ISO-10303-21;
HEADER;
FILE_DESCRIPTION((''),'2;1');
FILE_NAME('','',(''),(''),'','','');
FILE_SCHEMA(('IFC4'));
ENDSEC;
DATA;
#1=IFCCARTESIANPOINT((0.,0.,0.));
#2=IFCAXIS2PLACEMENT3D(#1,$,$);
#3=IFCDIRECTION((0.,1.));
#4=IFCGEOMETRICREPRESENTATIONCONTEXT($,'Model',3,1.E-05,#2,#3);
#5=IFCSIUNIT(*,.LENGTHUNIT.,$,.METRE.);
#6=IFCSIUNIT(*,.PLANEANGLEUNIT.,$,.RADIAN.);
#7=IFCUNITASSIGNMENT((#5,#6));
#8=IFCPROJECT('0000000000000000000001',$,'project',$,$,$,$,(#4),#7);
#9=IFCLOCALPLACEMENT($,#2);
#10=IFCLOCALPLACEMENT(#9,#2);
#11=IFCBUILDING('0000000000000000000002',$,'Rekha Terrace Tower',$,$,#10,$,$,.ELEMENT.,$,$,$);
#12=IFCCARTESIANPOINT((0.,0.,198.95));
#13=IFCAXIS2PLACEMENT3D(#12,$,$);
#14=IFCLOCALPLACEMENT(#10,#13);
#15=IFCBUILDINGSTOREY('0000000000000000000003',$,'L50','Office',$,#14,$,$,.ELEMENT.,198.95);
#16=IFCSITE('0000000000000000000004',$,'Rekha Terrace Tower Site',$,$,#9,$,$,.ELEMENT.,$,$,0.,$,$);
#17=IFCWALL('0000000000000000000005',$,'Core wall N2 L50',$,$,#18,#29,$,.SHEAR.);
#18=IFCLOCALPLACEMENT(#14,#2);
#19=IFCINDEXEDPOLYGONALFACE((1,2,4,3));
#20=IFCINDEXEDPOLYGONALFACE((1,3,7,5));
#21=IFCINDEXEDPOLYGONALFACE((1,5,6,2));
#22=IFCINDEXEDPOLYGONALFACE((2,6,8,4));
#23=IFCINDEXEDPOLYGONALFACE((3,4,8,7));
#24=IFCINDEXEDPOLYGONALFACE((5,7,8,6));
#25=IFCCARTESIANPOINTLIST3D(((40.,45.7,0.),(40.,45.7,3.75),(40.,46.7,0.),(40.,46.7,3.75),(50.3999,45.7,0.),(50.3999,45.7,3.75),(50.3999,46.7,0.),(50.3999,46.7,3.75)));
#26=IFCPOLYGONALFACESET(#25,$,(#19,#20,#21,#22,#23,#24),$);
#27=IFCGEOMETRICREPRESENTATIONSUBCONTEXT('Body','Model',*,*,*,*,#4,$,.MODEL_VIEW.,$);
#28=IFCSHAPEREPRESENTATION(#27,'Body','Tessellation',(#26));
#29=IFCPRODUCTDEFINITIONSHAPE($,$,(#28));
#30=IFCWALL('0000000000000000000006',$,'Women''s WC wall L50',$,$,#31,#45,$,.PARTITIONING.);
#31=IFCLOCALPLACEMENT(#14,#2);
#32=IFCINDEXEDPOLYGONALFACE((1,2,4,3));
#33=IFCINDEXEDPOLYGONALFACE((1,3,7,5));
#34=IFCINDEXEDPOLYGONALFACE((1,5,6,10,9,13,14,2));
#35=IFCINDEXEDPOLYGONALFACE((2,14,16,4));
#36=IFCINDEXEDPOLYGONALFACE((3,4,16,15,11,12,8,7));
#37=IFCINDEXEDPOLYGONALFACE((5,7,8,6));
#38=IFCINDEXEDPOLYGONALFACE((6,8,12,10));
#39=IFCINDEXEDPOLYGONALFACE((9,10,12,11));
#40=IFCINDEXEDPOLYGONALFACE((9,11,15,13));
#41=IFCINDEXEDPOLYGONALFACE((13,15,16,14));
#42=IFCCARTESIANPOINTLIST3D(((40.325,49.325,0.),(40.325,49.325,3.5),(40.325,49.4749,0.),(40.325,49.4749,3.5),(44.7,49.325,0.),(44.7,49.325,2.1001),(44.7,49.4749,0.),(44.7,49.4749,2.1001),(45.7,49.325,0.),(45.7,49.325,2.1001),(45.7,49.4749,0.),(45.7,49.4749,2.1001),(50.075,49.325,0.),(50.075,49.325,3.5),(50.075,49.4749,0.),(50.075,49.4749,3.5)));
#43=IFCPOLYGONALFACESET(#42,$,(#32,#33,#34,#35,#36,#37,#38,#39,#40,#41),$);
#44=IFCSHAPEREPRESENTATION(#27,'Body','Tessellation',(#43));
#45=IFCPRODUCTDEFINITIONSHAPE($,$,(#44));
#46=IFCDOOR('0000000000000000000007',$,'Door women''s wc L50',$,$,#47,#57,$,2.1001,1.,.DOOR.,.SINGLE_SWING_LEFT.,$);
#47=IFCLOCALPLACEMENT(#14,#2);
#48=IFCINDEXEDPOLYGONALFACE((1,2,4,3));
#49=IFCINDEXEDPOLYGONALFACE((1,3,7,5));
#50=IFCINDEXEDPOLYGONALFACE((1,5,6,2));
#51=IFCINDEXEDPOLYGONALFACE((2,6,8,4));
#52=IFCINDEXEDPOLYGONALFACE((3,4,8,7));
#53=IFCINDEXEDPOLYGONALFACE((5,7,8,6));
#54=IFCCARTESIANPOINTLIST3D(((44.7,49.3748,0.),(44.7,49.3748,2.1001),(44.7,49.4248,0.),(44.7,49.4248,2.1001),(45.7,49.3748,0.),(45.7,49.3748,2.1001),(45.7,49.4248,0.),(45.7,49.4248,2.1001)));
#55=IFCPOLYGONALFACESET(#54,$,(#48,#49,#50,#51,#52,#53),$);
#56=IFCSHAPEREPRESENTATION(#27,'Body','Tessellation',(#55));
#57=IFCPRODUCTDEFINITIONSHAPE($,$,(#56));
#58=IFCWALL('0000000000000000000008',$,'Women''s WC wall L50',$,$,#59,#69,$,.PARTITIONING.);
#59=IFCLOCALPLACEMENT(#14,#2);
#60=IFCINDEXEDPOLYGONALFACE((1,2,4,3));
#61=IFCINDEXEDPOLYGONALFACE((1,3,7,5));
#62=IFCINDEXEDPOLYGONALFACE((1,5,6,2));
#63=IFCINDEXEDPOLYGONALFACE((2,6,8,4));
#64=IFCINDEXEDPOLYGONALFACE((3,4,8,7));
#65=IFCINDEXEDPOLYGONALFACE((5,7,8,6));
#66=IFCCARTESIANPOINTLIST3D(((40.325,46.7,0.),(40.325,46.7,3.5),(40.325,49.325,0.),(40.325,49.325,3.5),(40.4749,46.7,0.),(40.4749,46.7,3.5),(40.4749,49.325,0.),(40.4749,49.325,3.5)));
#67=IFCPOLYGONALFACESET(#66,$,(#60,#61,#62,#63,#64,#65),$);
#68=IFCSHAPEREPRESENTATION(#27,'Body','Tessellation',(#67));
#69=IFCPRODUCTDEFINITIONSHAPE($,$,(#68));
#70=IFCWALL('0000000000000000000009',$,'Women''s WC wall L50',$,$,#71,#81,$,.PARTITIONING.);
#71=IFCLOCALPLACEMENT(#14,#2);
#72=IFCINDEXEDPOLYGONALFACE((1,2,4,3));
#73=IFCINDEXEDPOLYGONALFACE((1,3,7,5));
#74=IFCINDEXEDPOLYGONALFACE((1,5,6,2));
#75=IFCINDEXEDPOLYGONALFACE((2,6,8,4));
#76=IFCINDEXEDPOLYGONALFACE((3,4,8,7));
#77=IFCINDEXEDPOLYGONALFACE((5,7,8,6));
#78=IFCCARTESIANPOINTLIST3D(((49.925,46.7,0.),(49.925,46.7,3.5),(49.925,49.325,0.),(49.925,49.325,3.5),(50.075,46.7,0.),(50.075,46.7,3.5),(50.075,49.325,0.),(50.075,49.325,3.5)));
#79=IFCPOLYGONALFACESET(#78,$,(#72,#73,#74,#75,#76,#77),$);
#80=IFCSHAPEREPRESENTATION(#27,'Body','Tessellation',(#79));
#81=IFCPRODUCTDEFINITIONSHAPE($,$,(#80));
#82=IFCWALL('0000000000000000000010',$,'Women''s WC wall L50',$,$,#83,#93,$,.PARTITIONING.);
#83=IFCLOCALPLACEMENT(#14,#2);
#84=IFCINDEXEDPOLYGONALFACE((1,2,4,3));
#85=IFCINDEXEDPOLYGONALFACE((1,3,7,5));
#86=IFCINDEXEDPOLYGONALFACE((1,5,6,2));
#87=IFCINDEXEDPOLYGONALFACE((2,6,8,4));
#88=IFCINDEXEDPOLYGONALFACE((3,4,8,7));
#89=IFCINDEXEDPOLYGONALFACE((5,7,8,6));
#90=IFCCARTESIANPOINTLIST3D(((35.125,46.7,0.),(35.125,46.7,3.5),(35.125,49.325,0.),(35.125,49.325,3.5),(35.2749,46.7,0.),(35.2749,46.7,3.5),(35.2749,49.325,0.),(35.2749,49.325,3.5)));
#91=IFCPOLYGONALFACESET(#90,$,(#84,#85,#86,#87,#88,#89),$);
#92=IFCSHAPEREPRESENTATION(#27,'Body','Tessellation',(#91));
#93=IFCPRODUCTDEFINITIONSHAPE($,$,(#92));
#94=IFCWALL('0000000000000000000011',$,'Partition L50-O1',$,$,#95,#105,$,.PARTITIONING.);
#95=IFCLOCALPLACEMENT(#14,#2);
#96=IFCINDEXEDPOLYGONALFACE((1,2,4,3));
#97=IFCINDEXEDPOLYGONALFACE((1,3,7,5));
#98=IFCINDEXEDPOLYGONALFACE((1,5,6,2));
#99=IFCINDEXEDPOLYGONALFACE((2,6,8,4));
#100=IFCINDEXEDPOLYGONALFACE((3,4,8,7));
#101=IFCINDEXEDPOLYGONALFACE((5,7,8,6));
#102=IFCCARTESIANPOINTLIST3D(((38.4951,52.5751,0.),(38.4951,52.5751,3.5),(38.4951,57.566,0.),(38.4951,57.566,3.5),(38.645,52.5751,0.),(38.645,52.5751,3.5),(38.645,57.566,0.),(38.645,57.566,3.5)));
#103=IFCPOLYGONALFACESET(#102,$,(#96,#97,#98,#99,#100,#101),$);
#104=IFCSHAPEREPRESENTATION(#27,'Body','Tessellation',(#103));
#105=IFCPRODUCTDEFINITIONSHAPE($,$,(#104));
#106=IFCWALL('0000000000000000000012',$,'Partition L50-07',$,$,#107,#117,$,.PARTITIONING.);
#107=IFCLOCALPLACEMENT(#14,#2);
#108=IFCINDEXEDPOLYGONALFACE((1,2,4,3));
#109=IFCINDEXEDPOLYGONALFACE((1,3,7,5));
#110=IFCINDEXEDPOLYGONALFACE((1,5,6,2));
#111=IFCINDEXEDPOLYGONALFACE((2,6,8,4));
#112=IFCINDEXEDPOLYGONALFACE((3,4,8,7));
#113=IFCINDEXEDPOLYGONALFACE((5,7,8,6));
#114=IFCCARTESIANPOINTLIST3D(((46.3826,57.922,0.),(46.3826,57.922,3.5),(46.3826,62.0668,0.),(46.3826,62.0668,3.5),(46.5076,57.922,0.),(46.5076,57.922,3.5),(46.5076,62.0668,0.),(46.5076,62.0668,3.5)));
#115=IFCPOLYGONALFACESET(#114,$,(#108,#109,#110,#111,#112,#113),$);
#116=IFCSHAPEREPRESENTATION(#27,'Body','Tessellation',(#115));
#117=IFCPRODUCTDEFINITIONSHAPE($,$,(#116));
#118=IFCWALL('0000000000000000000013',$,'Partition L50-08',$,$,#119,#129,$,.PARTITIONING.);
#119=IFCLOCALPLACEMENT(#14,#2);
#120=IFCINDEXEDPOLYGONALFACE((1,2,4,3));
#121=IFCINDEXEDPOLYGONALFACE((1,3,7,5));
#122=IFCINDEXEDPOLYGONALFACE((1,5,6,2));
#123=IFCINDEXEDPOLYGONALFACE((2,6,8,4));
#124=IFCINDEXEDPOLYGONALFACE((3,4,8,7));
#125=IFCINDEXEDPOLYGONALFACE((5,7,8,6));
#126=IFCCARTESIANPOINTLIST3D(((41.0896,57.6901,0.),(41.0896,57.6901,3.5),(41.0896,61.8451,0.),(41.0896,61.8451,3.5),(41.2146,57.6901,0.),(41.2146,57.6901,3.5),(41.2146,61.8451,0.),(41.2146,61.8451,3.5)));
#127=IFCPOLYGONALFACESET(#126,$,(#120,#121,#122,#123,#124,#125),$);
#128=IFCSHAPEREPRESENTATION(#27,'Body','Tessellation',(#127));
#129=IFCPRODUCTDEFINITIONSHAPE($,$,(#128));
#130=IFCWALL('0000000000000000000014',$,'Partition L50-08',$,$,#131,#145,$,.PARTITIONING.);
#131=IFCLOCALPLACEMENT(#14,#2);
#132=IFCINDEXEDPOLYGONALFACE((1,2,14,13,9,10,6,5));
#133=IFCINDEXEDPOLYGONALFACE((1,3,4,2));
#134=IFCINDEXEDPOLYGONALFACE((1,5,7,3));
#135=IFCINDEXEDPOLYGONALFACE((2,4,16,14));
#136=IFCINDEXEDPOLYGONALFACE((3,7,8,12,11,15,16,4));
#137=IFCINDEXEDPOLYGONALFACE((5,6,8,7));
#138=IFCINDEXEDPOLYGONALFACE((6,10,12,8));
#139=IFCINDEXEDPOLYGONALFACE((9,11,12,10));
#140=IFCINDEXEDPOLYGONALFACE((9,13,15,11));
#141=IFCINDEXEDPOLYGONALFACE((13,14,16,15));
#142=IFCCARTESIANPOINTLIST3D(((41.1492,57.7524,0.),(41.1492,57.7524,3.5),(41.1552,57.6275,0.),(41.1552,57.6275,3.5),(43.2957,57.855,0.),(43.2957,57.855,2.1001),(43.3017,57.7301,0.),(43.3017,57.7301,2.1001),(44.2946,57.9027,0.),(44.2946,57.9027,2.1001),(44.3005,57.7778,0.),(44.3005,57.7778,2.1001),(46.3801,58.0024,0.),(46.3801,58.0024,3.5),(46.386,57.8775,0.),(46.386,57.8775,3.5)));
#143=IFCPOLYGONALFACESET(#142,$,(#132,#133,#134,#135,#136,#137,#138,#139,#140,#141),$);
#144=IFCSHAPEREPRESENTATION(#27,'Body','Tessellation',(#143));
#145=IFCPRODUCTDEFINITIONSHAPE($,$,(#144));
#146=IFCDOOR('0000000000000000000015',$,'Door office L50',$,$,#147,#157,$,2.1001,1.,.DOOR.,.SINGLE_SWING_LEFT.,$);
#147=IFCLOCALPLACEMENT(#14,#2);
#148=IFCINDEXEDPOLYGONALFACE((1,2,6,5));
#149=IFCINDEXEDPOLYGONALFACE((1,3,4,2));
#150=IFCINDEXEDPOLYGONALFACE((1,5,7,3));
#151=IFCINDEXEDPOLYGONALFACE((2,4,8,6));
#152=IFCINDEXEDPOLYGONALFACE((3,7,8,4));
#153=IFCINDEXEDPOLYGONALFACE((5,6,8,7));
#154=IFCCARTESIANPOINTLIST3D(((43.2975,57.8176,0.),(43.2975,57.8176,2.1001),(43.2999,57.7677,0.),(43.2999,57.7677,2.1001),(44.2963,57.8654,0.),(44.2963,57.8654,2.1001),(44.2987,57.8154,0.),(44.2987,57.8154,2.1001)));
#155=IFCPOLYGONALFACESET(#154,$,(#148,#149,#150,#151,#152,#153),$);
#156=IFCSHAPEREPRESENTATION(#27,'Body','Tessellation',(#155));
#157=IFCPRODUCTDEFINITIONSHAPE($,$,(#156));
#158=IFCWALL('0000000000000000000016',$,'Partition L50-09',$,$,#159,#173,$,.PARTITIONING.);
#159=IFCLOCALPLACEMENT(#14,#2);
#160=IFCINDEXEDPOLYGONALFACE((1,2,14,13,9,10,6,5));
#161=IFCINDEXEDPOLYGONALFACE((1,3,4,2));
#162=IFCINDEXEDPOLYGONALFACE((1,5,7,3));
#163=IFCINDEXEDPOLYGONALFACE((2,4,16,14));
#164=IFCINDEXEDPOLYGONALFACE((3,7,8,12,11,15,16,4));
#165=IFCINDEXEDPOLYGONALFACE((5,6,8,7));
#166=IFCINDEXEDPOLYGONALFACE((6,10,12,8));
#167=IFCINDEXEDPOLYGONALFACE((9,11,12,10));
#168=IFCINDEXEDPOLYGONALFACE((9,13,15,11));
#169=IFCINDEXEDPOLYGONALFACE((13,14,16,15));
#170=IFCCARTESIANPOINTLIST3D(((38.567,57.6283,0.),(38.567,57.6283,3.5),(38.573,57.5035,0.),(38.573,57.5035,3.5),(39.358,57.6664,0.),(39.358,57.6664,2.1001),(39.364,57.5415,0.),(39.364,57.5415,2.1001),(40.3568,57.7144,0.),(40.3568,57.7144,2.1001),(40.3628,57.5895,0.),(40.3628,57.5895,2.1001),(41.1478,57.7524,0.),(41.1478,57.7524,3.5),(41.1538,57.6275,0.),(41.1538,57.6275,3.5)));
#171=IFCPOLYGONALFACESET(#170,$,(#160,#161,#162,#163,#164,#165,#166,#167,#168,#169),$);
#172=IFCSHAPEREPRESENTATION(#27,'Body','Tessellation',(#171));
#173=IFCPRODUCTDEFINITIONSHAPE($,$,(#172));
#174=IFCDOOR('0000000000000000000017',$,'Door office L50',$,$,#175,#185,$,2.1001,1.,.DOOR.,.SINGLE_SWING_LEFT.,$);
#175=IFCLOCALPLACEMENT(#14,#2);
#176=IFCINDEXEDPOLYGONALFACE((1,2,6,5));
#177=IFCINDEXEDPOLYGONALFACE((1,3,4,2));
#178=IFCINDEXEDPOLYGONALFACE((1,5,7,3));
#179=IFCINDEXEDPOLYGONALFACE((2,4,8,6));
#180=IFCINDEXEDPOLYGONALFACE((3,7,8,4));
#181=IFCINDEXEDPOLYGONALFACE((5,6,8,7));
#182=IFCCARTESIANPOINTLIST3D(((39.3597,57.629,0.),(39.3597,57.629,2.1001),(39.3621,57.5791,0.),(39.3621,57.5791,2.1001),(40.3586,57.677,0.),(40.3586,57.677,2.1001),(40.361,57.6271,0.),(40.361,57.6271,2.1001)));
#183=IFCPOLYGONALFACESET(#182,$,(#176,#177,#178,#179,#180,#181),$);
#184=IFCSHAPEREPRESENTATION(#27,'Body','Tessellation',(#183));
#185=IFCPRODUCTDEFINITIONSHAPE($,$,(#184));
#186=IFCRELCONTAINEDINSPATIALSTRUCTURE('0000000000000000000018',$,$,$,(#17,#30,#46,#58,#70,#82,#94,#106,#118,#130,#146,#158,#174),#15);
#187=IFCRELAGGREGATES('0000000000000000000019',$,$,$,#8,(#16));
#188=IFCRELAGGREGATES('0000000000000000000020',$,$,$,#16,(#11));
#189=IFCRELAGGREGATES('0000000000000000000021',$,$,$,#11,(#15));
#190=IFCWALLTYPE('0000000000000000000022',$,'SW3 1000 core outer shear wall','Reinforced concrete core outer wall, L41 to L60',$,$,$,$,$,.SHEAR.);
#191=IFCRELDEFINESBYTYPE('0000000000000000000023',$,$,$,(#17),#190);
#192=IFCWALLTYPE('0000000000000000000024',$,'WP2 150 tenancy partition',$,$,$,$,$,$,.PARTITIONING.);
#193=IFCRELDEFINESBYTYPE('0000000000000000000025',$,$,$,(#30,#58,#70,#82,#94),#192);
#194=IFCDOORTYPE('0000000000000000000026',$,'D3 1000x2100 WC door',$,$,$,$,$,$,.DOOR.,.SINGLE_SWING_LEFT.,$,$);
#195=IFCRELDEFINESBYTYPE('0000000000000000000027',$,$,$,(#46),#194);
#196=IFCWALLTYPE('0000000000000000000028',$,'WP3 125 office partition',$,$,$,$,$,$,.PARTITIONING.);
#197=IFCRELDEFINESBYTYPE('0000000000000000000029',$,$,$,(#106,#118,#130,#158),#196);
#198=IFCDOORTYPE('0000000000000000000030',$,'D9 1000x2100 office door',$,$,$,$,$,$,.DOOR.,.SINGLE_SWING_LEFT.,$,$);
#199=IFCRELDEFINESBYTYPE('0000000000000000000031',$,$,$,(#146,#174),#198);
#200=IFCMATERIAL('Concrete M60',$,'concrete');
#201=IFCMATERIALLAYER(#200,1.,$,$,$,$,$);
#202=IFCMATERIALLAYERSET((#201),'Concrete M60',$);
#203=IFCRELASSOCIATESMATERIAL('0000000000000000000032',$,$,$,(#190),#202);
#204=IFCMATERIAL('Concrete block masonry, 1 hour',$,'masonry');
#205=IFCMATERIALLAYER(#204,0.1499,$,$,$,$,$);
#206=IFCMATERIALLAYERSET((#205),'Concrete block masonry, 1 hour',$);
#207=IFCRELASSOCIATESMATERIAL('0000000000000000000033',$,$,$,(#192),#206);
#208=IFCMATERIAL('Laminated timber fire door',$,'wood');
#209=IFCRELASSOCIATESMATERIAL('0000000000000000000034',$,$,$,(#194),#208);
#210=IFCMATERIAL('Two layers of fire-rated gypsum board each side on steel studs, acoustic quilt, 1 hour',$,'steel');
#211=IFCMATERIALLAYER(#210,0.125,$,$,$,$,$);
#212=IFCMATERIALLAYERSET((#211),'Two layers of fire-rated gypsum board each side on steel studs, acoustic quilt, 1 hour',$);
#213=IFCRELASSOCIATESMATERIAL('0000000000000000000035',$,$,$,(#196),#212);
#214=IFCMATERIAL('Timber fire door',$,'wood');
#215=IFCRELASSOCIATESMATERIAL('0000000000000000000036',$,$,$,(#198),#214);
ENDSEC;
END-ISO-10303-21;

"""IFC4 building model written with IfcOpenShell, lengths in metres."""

from ifc_helpers import new_model, si_unit, direction, frame, frame_2d, origin, place, context, subcontext, project, spatial, rectangle, extrude, material, layer, layer_set, type_object, element, fill, save


model = new_model("IFC4")

# Units and contexts
model_context = context("Model", 3, precision=1e-05, world=origin(), true_north=direction((0.0, 1.0)))
body_context = subcontext(model_context, "Body", "Model", "MODEL_VIEW")
ifc_project = project(units=[si_unit("LENGTHUNIT", "METRE"), si_unit("PLANEANGLEUNIT", "RADIAN")], contexts=[model_context])

# Site, building, storey
site_placement = place(None, origin())
site = spatial("IfcSite", under=ifc_project, at=site_placement, Name="Rekha Terrace Tower Site", CompositionType="ELEMENT", RefElevation=0.0)
building_placement = place(site_placement, origin())
building = spatial("IfcBuilding", under=site, at=building_placement, Name="Rekha Terrace Tower", CompositionType="ELEMENT")
storey_placement = place(building_placement, frame((0.0, 0.0, 198.95)))
storey = spatial("IfcBuildingStorey", under=building, at=storey_placement, Name="L50", Description="Office", CompositionType="ELEMENT", Elevation=198.95)

# Shared definitions
ifc_material_1 = material(Name="Concrete M60", Category="concrete")

# Wall
ifc_layer_1 = layer(ifc_material_1, 1.0)
ifc_layer_set_1 = layer_set([ifc_layer_1], Name="Concrete M60")
wall_type_1 = type_object("IfcWallType", Name="SW3 1000 core outer shear wall", Description="Reinforced concrete core outer wall, L41 to L60", PredefinedType="SHEAR", material=ifc_layer_set_1)
wall_1_placement = place(storey_placement, frame((40.0, 46.2, 0.0), z_axis=(0.0, 0.0, 1.0), x_axis=(1.0, 0.0, 0.0)))
element("IfcWall", 1, at=wall_1_placement, inside=storey, type_object=wall_type_1, Name="Core wall N2 L50", PredefinedType="SHEAR", context=body_context, shape_type="SweptSolid", body=[
    extrude(rectangle(XDim=10.3999, YDim=1.0, at=frame_2d((5.2, 0.0))), origin(), (0.0, 0.0, 1.0), 3.75),
])

# Wall, opening, door
ifc_material_2 = material(Name="Concrete block masonry, 1 hour", Category="masonry")
ifc_layer_2 = layer(ifc_material_2, 0.1499)
ifc_layer_set_2 = layer_set([ifc_layer_2], Name="Concrete block masonry, 1 hour")
wall_type_2 = type_object("IfcWallType", Name="WP2 150 tenancy partition", PredefinedType="PARTITIONING", material=ifc_layer_set_2)
wall_2_placement = place(storey_placement, frame((40.325, 49.3999, 0.0), z_axis=(0.0, 0.0, 1.0), x_axis=(1.0, 0.0, 0.0)))
wall_2 = element("IfcWall", 2, at=wall_2_placement, inside=storey, type_object=wall_type_2, Name="Women's WC wall L50", PredefinedType="PARTITIONING", context=body_context, shape_type="SweptSolid", body=[
    extrude(rectangle(XDim=9.75, YDim=0.1499, at=frame_2d((4.875, 0.0))), origin(), (0.0, 0.0, 1.0), 3.5),
])
opening_1_placement = place(wall_2_placement, frame((4.375, 0.0, 0.0)))
opening_1 = element("IfcOpeningElement", 3, at=opening_1_placement, cuts=wall_2, PredefinedType="OPENING", context=body_context, shape_type="SweptSolid", body=[
    extrude(rectangle(XDim=1.0, YDim=2.1001, at=frame_2d((0.5, 1.05))), frame((0.0, 0.085, 0.0), z_axis=(0.0, -1.0, 0.0), x_axis=(1.0, 0.0, 0.0)), (0.0, 0.0, 1.0), 0.1699),
])
ifc_material_3 = material(Name="Laminated timber fire door", Category="wood")
door_type_1 = type_object("IfcDoorType", Name="D3 1000x2100 WC door", OperationType="SINGLE_SWING_LEFT", PredefinedType="DOOR", material=ifc_material_3)
door_1_placement = place(opening_1_placement, origin())
door_1 = element("IfcDoor", 4, at=door_1_placement, inside=storey, type_object=door_type_1, Name="Door women's wc L50", OperationType="SINGLE_SWING_LEFT", OverallHeight=2.1001, OverallWidth=1.0, PredefinedType="DOOR", context=body_context, shape_type="SweptSolid", body=[
    extrude(rectangle(XDim=1.0, YDim=2.1001, at=frame_2d((0.5, 1.05))), frame((0.0, 0.0249, 0.0), z_axis=(0.0, -1.0, 0.0), x_axis=(1.0, 0.0, 0.0)), (0.0, 0.0, 1.0), 0.05),
])
fill(opening_1, door_1)

# Walls
for number, where, z_axis, x_axis, name in (
    (5, (40.3999, 46.7, 0.0), (0.0, 0.0, 1.0), (0.0, 1.0, 0.0), "Women's WC wall L50"),
    (6, (50.0, 46.7, 0.0), (0.0, 0.0, 1.0), (0.0, 1.0, 0.0), "Women's WC wall L50"),
    (7, (35.2, 46.7, 0.0), (0.0, 0.0, 1.0), (0.0, 1.0, 0.0), "Women's WC wall L50"),
):
    element("IfcWall", number, at=place(storey_placement, frame(where, z_axis=z_axis, x_axis=x_axis)), inside=storey, type_object=wall_type_2, Name=name, PredefinedType="PARTITIONING", context=body_context, shape_type="SweptSolid", body=[
        extrude(rectangle(XDim=2.625, YDim=0.1499, at=frame_2d((1.3125, 0.0))), origin(), (0.0, 0.0, 1.0), 3.5),
    ])
wall_3_placement = place(storey_placement, frame((38.5701, 52.575, 0.0), z_axis=(0.0, 0.0, 1.0), x_axis=(0.0, 1.0, 0.0)))
element("IfcWall", 8, at=wall_3_placement, inside=storey, type_object=wall_type_2, Name="Partition L50-O1", PredefinedType="PARTITIONING", context=body_context, shape_type="SweptSolid", body=[
    extrude(rectangle(XDim=4.991, YDim=0.1499, at=frame_2d((2.4956, 0.0))), origin(), (0.0, 0.0, 1.0), 3.5),
])
ifc_material_4 = material(Name="Two layers of fire-rated gypsum board each side on steel studs, acoustic quilt, 1 hour", Category="steel")
ifc_layer_3 = layer(ifc_material_4, 0.125)
ifc_layer_set_3 = layer_set([ifc_layer_3], Name="Two layers of fire-rated gypsum board each side on steel studs, acoustic quilt, 1 hour")
wall_type_3 = type_object("IfcWallType", Name="WP3 125 office partition", PredefinedType="PARTITIONING", material=ifc_layer_set_3)
wall_4_placement = place(storey_placement, frame((46.4451, 57.9221, 0.0), z_axis=(0.0, 0.0, 1.0), x_axis=(0.0, 1.0, 0.0)))
element("IfcWall", 9, at=wall_4_placement, inside=storey, type_object=wall_type_3, Name="Partition L50-07", PredefinedType="PARTITIONING", context=body_context, shape_type="SweptSolid", body=[
    extrude(rectangle(XDim=4.1448, YDim=0.125, at=frame_2d((2.0723, 0.0))), origin(), (0.0, 0.0, 1.0), 3.5),
])
wall_5_placement = place(storey_placement, frame((41.1521, 57.6899, 0.0), z_axis=(0.0, 0.0, 1.0), x_axis=(0.0, 1.0, 0.0)))
element("IfcWall", 10, at=wall_5_placement, inside=storey, type_object=wall_type_3, Name="Partition L50-08", PredefinedType="PARTITIONING", context=body_context, shape_type="SweptSolid", body=[
    extrude(rectangle(XDim=4.155, YDim=0.125, at=frame_2d((2.0776, 0.0))), origin(), (0.0, 0.0, 1.0), 3.5),
])

# Walls, openings, doors
wall_6_placement = place(storey_placement, frame((46.3831, 57.9399, 0.0), z_axis=(0.0, 0.0, 1.0), x_axis=(-0.99886, -0.047738, 0.0)))
wall_6 = element("IfcWall", 11, at=wall_6_placement, inside=storey, type_object=wall_type_3, Name="Partition L50-08", PredefinedType="PARTITIONING", context=body_context, shape_type="SweptSolid", body=[
    extrude(rectangle(XDim=5.2368, YDim=0.125, at=frame_2d((2.6184, 0.0))), origin(), (0.0, 0.0, 1.0), 3.5),
])
opening_2_placement = place(wall_6_placement, frame((2.0879, 0.0, 0.0)))
opening_2 = element("IfcOpeningElement", 12, at=opening_2_placement, cuts=wall_6, PredefinedType="OPENING", context=body_context, shape_type="SweptSolid", body=[
    extrude(rectangle(XDim=1.0, YDim=2.1001, at=frame_2d((0.5, 1.05))), frame((0.0, 0.0725, 0.0), z_axis=(0.0, -1.0, 0.0), x_axis=(1.0, 0.0, 0.0)), (0.0, 0.0, 1.0), 0.145),
])
ifc_material_5 = material(Name="Timber fire door", Category="wood")
door_type_2 = type_object("IfcDoorType", Name="D9 1000x2100 office door", OperationType="SINGLE_SWING_LEFT", PredefinedType="DOOR", material=ifc_material_5)
door_2_placement = place(opening_2_placement, origin())
door_2 = element("IfcDoor", 13, at=door_2_placement, inside=storey, type_object=door_type_2, Name="Door office L50", OperationType="SINGLE_SWING_LEFT", OverallHeight=2.1001, OverallWidth=1.0, PredefinedType="DOOR", context=body_context, shape_type="SweptSolid", body=[
    extrude(rectangle(XDim=1.0, YDim=2.1001, at=frame_2d((0.5, 1.05))), frame((0.0, 0.0249, 0.0), z_axis=(0.0, -1.0, 0.0), x_axis=(1.0, 0.0, 0.0)), (0.0, 0.0, 1.0), 0.05),
])
fill(opening_2, door_2)
wall_7_placement = place(storey_placement, frame((41.1509, 57.6899, 0.0), z_axis=(0.0, 0.0, 1.0), x_axis=(-0.998847, -0.048001, 0.0)))
wall_7 = element("IfcWall", 14, at=wall_7_placement, inside=storey, type_object=wall_type_3, Name="Partition L50-09", PredefinedType="PARTITIONING", context=body_context, shape_type="SweptSolid", body=[
    extrude(rectangle(XDim=2.5837, YDim=0.125, at=frame_2d((1.292, 0.0))), origin(), (0.0, 0.0, 1.0), 3.5),
])
opening_3_placement = place(wall_7_placement, frame((0.792, 0.0, 0.0)))
opening_3 = element("IfcOpeningElement", 15, at=opening_3_placement, cuts=wall_7, PredefinedType="OPENING", context=body_context, shape_type="SweptSolid", body=[
    extrude(rectangle(XDim=1.0, YDim=2.1001, at=frame_2d((0.5, 1.05))), frame((0.0, 0.0725, 0.0), z_axis=(0.0, -1.0, 0.0), x_axis=(1.0, 0.0, 0.0)), (0.0, 0.0, 1.0), 0.145),
])
door_3_placement = place(opening_3_placement, origin())
door_3 = element("IfcDoor", 16, at=door_3_placement, inside=storey, type_object=door_type_2, Name="Door office L50", OperationType="SINGLE_SWING_LEFT", OverallHeight=2.1001, OverallWidth=1.0, PredefinedType="DOOR", context=body_context, shape_type="SweptSolid", body=[
    extrude(rectangle(XDim=1.0, YDim=2.1001, at=frame_2d((0.5, 1.05))), frame((0.0, 0.0249, 0.0), z_axis=(0.0, -1.0, 0.0), x_axis=(1.0, 0.0, 0.0)), (0.0, 0.0, 1.0), 0.05),
])
fill(opening_3, door_3)

save(model, "model.ifc")
